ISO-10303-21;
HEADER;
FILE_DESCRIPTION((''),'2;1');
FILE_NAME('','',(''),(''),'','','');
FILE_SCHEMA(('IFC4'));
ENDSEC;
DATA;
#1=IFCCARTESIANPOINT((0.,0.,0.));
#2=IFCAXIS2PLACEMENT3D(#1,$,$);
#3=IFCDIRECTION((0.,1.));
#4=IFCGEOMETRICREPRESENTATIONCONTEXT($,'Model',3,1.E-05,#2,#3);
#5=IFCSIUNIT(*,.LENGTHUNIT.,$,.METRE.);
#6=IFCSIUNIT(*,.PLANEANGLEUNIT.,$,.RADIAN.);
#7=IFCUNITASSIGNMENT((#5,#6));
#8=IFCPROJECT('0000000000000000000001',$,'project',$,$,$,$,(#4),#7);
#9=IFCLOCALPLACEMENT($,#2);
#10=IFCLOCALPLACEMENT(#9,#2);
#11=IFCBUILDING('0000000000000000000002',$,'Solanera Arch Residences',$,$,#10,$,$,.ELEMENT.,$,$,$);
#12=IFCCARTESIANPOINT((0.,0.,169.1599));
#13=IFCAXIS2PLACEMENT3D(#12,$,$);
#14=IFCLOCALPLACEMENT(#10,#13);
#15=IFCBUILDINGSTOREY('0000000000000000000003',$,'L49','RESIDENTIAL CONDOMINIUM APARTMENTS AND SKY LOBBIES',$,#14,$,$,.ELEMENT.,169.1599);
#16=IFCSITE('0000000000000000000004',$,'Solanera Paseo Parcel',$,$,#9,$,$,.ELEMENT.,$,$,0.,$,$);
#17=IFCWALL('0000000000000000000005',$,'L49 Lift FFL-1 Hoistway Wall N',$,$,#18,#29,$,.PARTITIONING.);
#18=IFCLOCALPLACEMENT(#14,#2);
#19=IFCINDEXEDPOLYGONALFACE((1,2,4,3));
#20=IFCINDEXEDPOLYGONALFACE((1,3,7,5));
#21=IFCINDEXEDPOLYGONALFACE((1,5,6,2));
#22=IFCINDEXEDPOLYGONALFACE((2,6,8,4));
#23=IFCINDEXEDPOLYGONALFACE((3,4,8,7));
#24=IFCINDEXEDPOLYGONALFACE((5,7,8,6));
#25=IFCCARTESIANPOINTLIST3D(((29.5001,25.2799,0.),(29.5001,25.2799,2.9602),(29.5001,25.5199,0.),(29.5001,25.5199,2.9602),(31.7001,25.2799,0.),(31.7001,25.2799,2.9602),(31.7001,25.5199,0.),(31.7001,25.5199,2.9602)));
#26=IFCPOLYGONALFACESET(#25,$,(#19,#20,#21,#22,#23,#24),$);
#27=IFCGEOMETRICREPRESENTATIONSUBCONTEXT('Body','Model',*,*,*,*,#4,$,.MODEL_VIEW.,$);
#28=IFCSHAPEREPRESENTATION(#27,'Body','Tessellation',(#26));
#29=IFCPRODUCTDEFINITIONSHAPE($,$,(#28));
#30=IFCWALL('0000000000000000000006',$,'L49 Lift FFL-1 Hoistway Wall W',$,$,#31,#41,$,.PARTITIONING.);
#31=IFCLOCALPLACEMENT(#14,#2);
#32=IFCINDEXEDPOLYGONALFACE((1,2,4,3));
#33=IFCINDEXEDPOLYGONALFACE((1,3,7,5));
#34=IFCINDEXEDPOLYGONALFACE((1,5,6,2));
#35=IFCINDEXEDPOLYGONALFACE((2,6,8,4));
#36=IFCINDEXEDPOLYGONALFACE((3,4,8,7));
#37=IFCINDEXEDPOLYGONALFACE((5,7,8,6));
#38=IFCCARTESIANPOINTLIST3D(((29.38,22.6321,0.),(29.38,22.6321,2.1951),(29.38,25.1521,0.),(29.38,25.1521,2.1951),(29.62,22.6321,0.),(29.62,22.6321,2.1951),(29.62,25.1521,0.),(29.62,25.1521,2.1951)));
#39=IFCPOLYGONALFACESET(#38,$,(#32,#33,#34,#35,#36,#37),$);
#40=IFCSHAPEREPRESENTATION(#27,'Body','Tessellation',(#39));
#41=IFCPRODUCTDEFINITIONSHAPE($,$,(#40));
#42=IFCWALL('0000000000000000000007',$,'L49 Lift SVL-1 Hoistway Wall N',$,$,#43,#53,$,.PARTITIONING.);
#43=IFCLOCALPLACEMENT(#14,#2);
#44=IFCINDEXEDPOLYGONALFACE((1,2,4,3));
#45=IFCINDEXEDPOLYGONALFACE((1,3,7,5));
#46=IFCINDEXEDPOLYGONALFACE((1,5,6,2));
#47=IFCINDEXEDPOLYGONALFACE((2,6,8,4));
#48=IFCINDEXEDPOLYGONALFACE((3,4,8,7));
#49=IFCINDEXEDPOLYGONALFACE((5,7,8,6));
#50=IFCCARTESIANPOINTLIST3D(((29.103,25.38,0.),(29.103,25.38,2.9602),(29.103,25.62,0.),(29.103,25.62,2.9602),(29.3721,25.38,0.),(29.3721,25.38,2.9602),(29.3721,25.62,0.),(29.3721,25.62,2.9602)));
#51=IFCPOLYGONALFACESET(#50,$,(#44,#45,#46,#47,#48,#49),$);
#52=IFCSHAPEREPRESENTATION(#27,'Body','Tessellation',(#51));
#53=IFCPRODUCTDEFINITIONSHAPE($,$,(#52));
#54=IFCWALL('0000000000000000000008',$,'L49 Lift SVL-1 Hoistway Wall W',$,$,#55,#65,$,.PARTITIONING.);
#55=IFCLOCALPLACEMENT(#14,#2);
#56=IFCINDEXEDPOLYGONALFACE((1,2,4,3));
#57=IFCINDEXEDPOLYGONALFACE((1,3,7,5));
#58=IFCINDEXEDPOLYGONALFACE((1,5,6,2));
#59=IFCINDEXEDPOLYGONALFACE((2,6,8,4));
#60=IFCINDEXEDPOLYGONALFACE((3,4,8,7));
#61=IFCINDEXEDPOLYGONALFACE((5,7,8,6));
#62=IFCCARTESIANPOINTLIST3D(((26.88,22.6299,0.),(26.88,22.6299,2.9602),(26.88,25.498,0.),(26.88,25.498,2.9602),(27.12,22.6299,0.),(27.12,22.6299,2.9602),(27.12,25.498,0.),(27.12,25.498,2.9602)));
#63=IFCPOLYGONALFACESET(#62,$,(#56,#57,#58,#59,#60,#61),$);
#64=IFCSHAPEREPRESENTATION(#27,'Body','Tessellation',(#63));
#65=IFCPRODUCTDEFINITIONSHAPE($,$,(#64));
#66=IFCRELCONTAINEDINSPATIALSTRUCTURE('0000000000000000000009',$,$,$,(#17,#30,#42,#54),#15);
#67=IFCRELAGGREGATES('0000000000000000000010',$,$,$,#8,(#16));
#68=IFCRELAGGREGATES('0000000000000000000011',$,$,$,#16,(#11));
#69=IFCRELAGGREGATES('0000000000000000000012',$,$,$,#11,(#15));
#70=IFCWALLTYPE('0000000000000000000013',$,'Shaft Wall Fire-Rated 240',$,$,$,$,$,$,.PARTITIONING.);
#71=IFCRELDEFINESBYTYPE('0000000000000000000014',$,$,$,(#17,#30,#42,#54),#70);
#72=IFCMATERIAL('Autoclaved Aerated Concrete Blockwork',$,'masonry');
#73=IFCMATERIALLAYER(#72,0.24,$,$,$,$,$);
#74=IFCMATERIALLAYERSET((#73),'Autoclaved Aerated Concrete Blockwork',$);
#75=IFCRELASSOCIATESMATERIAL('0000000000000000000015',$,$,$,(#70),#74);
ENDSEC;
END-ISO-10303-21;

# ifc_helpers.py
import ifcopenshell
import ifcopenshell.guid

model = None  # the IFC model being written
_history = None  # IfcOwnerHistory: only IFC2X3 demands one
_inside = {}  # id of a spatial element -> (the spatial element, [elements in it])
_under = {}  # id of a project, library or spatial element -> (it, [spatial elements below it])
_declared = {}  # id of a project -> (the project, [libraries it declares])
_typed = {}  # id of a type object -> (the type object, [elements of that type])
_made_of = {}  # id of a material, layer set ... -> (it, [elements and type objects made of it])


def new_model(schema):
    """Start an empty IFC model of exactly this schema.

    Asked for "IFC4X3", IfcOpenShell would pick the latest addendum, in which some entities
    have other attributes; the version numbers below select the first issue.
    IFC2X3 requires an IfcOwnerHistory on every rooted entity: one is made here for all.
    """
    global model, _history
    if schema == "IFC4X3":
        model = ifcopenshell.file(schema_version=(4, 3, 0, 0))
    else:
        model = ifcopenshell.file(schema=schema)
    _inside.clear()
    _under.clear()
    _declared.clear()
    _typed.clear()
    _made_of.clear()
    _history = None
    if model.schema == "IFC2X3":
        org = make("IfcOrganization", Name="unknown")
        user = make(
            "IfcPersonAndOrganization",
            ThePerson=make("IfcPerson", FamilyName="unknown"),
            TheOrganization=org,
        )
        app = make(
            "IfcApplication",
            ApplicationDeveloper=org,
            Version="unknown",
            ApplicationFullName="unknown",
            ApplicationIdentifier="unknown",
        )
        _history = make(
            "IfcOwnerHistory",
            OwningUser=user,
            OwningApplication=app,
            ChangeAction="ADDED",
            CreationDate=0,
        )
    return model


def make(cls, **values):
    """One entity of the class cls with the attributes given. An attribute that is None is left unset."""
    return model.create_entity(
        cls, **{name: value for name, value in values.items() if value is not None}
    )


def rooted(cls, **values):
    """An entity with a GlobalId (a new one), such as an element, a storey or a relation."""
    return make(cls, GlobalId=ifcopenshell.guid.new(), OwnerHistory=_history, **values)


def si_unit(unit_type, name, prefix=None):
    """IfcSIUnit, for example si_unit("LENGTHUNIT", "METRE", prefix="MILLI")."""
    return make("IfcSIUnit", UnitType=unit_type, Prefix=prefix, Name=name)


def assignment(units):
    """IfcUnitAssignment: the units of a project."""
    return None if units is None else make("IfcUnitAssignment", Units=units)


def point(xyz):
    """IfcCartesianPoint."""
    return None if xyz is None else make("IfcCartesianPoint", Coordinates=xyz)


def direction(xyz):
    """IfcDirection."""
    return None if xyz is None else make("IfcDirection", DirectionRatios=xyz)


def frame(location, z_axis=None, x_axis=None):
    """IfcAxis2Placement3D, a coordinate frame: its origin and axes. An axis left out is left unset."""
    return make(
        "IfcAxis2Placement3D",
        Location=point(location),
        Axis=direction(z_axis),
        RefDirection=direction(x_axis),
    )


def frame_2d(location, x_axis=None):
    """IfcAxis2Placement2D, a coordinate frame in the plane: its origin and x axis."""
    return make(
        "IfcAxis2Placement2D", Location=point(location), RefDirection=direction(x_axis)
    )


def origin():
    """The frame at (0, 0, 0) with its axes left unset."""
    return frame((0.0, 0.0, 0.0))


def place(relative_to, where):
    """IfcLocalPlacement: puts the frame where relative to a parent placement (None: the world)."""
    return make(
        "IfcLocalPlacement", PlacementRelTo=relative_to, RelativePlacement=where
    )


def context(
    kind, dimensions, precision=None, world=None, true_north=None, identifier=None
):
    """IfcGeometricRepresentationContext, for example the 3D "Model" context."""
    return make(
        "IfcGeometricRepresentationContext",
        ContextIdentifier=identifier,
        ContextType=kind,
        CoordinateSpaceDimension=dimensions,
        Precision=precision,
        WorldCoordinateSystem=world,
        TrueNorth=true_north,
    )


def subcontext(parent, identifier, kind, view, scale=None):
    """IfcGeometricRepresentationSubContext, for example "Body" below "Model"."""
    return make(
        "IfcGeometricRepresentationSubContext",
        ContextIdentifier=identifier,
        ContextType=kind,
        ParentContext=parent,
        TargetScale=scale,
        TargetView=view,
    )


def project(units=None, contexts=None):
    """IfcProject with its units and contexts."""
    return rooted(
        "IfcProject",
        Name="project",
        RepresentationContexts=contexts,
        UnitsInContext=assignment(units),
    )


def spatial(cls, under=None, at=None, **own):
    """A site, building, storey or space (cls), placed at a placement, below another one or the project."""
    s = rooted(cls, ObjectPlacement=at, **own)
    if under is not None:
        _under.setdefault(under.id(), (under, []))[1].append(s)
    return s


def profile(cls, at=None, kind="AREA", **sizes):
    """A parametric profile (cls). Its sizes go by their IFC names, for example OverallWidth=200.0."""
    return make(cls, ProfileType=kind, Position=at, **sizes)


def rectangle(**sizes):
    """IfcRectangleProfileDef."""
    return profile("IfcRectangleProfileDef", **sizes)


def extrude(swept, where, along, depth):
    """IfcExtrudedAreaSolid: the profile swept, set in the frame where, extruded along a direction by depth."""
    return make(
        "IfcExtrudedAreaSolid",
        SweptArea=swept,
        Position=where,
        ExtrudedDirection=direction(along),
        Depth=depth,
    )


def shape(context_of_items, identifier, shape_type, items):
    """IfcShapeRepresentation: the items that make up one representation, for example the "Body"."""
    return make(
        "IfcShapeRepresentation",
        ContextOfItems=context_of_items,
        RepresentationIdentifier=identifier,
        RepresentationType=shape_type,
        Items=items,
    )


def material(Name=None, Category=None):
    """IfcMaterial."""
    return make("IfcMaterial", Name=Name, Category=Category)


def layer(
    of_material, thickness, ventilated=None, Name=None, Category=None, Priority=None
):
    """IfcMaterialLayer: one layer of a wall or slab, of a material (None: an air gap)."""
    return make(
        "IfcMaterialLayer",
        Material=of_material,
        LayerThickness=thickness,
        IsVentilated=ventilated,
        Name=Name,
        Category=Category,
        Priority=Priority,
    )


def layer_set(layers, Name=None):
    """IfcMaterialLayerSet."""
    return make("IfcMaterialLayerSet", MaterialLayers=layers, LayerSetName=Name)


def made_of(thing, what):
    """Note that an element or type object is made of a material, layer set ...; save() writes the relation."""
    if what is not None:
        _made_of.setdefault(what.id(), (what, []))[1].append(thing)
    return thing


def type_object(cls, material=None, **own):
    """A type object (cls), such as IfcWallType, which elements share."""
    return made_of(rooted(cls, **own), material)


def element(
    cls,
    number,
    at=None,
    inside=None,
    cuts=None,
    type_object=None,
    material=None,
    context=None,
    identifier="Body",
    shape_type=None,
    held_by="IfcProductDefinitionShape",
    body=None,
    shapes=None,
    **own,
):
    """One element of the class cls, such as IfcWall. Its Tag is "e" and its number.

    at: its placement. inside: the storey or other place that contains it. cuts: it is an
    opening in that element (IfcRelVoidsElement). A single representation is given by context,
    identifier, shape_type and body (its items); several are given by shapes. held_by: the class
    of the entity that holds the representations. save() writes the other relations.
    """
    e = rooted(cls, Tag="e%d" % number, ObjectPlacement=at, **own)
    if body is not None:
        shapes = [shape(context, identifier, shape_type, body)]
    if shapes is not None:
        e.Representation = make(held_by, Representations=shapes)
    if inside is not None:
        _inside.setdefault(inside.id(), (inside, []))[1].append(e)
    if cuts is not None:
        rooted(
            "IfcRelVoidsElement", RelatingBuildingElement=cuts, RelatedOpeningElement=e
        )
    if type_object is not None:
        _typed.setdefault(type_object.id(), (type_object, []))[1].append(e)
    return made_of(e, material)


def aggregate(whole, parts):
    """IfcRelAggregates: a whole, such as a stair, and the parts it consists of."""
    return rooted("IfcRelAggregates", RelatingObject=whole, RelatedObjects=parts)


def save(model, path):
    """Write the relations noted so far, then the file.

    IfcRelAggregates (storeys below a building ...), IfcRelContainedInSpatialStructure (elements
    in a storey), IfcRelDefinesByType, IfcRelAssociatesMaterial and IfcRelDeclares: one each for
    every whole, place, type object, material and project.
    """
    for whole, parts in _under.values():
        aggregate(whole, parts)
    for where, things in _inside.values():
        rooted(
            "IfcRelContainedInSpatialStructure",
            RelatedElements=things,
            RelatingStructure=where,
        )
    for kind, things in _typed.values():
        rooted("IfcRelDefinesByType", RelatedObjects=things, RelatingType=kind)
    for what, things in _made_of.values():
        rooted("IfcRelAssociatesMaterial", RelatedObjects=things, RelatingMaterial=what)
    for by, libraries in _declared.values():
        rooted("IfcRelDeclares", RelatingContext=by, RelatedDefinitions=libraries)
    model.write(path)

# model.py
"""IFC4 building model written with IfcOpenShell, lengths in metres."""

from ifc_helpers import new_model, si_unit, direction, frame, frame_2d, origin, place, context, subcontext, project, spatial, rectangle, extrude, material, layer, layer_set, type_object, element, save


model = new_model("IFC4")

# Units and contexts
model_context = context("Model", 3, precision=1e-05, world=origin(), true_north=direction((0.0, 1.0)))
body_context = subcontext(model_context, "Body", "Model", "MODEL_VIEW")
ifc_project = project(units=[si_unit("LENGTHUNIT", "METRE"), si_unit("PLANEANGLEUNIT", "RADIAN")], contexts=[model_context])

# Site, building, storey
site_placement = place(None, origin())
site = spatial("IfcSite", under=ifc_project, at=site_placement, Name="Solanera Paseo Parcel", CompositionType="ELEMENT", RefElevation=0.0)
building_placement = place(site_placement, origin())
building = spatial("IfcBuilding", under=site, at=building_placement, Name="Solanera Arch Residences", CompositionType="ELEMENT")
storey_placement = place(building_placement, frame((0.0, 0.0, 169.1599)))
storey = spatial("IfcBuildingStorey", under=building, at=storey_placement, Name="L49", Description="RESIDENTIAL CONDOMINIUM APARTMENTS AND SKY LOBBIES", CompositionType="ELEMENT", Elevation=169.1599)

# Walls
ifc_material_1 = material(Name="Autoclaved Aerated Concrete Blockwork", Category="masonry")
ifc_layer_1 = layer(ifc_material_1, 0.24)
ifc_layer_set_1 = layer_set([ifc_layer_1], Name="Autoclaved Aerated Concrete Blockwork")
wall_type_1 = type_object("IfcWallType", Name="Shaft Wall Fire-Rated 240", PredefinedType="PARTITIONING", material=ifc_layer_set_1)
wall_1_placement = place(storey_placement, frame((29.5, 25.3999, 0.0), z_axis=(0.0, 0.0, 1.0), x_axis=(1.0, 0.0, 0.0)))
element("IfcWall", 1, at=wall_1_placement, inside=storey, type_object=wall_type_1, Name="L49 Lift FFL-1 Hoistway Wall N", PredefinedType="PARTITIONING", context=body_context, shape_type="SweptSolid", body=[
    extrude(rectangle(XDim=2.2, YDim=0.24, at=frame_2d((1.1001, 0.0))), origin(), (0.0, 0.0, 1.0), 2.9602),
])
wall_2_placement = place(storey_placement, frame((29.5, 22.6321, 0.0), z_axis=(0.0, 0.0, 1.0), x_axis=(0.0, 1.0, 0.0)))
element("IfcWall", 2, at=wall_2_placement, inside=storey, type_object=wall_type_1, Name="L49 Lift FFL-1 Hoistway Wall W", PredefinedType="PARTITIONING", context=body_context, shape_type="SweptSolid", body=[
    extrude(rectangle(XDim=2.52, YDim=0.24, at=frame_2d((1.26, 0.0))), origin(), (0.0, 0.0, 1.0), 2.1951),
])
wall_3_placement = place(storey_placement, frame((29.103, 25.5, 0.0), z_axis=(0.0, 0.0, 1.0), x_axis=(1.0, 0.0, 0.0)))
element("IfcWall", 3, at=wall_3_placement, inside=storey, type_object=wall_type_1, Name="L49 Lift SVL-1 Hoistway Wall N", PredefinedType="PARTITIONING", context=body_context, shape_type="SweptSolid", body=[
    extrude(rectangle(XDim=0.269, YDim=0.24, at=frame_2d((0.1345, 0.0))), origin(), (0.0, 0.0, 1.0), 2.9602),
])
wall_4_placement = place(storey_placement, frame((27.0, 22.6299, 0.0), z_axis=(0.0, 0.0, 1.0), x_axis=(0.0, 1.0, 0.0)))
element("IfcWall", 4, at=wall_4_placement, inside=storey, type_object=wall_type_1, Name="L49 Lift SVL-1 Hoistway Wall W", PredefinedType="PARTITIONING", context=body_context, shape_type="SweptSolid", body=[
    extrude(rectangle(XDim=2.8682, YDim=0.24, at=frame_2d((1.4341, 0.0))), origin(), (0.0, 0.0, 1.0), 2.9602),
])

save(model, "model.ifc")
